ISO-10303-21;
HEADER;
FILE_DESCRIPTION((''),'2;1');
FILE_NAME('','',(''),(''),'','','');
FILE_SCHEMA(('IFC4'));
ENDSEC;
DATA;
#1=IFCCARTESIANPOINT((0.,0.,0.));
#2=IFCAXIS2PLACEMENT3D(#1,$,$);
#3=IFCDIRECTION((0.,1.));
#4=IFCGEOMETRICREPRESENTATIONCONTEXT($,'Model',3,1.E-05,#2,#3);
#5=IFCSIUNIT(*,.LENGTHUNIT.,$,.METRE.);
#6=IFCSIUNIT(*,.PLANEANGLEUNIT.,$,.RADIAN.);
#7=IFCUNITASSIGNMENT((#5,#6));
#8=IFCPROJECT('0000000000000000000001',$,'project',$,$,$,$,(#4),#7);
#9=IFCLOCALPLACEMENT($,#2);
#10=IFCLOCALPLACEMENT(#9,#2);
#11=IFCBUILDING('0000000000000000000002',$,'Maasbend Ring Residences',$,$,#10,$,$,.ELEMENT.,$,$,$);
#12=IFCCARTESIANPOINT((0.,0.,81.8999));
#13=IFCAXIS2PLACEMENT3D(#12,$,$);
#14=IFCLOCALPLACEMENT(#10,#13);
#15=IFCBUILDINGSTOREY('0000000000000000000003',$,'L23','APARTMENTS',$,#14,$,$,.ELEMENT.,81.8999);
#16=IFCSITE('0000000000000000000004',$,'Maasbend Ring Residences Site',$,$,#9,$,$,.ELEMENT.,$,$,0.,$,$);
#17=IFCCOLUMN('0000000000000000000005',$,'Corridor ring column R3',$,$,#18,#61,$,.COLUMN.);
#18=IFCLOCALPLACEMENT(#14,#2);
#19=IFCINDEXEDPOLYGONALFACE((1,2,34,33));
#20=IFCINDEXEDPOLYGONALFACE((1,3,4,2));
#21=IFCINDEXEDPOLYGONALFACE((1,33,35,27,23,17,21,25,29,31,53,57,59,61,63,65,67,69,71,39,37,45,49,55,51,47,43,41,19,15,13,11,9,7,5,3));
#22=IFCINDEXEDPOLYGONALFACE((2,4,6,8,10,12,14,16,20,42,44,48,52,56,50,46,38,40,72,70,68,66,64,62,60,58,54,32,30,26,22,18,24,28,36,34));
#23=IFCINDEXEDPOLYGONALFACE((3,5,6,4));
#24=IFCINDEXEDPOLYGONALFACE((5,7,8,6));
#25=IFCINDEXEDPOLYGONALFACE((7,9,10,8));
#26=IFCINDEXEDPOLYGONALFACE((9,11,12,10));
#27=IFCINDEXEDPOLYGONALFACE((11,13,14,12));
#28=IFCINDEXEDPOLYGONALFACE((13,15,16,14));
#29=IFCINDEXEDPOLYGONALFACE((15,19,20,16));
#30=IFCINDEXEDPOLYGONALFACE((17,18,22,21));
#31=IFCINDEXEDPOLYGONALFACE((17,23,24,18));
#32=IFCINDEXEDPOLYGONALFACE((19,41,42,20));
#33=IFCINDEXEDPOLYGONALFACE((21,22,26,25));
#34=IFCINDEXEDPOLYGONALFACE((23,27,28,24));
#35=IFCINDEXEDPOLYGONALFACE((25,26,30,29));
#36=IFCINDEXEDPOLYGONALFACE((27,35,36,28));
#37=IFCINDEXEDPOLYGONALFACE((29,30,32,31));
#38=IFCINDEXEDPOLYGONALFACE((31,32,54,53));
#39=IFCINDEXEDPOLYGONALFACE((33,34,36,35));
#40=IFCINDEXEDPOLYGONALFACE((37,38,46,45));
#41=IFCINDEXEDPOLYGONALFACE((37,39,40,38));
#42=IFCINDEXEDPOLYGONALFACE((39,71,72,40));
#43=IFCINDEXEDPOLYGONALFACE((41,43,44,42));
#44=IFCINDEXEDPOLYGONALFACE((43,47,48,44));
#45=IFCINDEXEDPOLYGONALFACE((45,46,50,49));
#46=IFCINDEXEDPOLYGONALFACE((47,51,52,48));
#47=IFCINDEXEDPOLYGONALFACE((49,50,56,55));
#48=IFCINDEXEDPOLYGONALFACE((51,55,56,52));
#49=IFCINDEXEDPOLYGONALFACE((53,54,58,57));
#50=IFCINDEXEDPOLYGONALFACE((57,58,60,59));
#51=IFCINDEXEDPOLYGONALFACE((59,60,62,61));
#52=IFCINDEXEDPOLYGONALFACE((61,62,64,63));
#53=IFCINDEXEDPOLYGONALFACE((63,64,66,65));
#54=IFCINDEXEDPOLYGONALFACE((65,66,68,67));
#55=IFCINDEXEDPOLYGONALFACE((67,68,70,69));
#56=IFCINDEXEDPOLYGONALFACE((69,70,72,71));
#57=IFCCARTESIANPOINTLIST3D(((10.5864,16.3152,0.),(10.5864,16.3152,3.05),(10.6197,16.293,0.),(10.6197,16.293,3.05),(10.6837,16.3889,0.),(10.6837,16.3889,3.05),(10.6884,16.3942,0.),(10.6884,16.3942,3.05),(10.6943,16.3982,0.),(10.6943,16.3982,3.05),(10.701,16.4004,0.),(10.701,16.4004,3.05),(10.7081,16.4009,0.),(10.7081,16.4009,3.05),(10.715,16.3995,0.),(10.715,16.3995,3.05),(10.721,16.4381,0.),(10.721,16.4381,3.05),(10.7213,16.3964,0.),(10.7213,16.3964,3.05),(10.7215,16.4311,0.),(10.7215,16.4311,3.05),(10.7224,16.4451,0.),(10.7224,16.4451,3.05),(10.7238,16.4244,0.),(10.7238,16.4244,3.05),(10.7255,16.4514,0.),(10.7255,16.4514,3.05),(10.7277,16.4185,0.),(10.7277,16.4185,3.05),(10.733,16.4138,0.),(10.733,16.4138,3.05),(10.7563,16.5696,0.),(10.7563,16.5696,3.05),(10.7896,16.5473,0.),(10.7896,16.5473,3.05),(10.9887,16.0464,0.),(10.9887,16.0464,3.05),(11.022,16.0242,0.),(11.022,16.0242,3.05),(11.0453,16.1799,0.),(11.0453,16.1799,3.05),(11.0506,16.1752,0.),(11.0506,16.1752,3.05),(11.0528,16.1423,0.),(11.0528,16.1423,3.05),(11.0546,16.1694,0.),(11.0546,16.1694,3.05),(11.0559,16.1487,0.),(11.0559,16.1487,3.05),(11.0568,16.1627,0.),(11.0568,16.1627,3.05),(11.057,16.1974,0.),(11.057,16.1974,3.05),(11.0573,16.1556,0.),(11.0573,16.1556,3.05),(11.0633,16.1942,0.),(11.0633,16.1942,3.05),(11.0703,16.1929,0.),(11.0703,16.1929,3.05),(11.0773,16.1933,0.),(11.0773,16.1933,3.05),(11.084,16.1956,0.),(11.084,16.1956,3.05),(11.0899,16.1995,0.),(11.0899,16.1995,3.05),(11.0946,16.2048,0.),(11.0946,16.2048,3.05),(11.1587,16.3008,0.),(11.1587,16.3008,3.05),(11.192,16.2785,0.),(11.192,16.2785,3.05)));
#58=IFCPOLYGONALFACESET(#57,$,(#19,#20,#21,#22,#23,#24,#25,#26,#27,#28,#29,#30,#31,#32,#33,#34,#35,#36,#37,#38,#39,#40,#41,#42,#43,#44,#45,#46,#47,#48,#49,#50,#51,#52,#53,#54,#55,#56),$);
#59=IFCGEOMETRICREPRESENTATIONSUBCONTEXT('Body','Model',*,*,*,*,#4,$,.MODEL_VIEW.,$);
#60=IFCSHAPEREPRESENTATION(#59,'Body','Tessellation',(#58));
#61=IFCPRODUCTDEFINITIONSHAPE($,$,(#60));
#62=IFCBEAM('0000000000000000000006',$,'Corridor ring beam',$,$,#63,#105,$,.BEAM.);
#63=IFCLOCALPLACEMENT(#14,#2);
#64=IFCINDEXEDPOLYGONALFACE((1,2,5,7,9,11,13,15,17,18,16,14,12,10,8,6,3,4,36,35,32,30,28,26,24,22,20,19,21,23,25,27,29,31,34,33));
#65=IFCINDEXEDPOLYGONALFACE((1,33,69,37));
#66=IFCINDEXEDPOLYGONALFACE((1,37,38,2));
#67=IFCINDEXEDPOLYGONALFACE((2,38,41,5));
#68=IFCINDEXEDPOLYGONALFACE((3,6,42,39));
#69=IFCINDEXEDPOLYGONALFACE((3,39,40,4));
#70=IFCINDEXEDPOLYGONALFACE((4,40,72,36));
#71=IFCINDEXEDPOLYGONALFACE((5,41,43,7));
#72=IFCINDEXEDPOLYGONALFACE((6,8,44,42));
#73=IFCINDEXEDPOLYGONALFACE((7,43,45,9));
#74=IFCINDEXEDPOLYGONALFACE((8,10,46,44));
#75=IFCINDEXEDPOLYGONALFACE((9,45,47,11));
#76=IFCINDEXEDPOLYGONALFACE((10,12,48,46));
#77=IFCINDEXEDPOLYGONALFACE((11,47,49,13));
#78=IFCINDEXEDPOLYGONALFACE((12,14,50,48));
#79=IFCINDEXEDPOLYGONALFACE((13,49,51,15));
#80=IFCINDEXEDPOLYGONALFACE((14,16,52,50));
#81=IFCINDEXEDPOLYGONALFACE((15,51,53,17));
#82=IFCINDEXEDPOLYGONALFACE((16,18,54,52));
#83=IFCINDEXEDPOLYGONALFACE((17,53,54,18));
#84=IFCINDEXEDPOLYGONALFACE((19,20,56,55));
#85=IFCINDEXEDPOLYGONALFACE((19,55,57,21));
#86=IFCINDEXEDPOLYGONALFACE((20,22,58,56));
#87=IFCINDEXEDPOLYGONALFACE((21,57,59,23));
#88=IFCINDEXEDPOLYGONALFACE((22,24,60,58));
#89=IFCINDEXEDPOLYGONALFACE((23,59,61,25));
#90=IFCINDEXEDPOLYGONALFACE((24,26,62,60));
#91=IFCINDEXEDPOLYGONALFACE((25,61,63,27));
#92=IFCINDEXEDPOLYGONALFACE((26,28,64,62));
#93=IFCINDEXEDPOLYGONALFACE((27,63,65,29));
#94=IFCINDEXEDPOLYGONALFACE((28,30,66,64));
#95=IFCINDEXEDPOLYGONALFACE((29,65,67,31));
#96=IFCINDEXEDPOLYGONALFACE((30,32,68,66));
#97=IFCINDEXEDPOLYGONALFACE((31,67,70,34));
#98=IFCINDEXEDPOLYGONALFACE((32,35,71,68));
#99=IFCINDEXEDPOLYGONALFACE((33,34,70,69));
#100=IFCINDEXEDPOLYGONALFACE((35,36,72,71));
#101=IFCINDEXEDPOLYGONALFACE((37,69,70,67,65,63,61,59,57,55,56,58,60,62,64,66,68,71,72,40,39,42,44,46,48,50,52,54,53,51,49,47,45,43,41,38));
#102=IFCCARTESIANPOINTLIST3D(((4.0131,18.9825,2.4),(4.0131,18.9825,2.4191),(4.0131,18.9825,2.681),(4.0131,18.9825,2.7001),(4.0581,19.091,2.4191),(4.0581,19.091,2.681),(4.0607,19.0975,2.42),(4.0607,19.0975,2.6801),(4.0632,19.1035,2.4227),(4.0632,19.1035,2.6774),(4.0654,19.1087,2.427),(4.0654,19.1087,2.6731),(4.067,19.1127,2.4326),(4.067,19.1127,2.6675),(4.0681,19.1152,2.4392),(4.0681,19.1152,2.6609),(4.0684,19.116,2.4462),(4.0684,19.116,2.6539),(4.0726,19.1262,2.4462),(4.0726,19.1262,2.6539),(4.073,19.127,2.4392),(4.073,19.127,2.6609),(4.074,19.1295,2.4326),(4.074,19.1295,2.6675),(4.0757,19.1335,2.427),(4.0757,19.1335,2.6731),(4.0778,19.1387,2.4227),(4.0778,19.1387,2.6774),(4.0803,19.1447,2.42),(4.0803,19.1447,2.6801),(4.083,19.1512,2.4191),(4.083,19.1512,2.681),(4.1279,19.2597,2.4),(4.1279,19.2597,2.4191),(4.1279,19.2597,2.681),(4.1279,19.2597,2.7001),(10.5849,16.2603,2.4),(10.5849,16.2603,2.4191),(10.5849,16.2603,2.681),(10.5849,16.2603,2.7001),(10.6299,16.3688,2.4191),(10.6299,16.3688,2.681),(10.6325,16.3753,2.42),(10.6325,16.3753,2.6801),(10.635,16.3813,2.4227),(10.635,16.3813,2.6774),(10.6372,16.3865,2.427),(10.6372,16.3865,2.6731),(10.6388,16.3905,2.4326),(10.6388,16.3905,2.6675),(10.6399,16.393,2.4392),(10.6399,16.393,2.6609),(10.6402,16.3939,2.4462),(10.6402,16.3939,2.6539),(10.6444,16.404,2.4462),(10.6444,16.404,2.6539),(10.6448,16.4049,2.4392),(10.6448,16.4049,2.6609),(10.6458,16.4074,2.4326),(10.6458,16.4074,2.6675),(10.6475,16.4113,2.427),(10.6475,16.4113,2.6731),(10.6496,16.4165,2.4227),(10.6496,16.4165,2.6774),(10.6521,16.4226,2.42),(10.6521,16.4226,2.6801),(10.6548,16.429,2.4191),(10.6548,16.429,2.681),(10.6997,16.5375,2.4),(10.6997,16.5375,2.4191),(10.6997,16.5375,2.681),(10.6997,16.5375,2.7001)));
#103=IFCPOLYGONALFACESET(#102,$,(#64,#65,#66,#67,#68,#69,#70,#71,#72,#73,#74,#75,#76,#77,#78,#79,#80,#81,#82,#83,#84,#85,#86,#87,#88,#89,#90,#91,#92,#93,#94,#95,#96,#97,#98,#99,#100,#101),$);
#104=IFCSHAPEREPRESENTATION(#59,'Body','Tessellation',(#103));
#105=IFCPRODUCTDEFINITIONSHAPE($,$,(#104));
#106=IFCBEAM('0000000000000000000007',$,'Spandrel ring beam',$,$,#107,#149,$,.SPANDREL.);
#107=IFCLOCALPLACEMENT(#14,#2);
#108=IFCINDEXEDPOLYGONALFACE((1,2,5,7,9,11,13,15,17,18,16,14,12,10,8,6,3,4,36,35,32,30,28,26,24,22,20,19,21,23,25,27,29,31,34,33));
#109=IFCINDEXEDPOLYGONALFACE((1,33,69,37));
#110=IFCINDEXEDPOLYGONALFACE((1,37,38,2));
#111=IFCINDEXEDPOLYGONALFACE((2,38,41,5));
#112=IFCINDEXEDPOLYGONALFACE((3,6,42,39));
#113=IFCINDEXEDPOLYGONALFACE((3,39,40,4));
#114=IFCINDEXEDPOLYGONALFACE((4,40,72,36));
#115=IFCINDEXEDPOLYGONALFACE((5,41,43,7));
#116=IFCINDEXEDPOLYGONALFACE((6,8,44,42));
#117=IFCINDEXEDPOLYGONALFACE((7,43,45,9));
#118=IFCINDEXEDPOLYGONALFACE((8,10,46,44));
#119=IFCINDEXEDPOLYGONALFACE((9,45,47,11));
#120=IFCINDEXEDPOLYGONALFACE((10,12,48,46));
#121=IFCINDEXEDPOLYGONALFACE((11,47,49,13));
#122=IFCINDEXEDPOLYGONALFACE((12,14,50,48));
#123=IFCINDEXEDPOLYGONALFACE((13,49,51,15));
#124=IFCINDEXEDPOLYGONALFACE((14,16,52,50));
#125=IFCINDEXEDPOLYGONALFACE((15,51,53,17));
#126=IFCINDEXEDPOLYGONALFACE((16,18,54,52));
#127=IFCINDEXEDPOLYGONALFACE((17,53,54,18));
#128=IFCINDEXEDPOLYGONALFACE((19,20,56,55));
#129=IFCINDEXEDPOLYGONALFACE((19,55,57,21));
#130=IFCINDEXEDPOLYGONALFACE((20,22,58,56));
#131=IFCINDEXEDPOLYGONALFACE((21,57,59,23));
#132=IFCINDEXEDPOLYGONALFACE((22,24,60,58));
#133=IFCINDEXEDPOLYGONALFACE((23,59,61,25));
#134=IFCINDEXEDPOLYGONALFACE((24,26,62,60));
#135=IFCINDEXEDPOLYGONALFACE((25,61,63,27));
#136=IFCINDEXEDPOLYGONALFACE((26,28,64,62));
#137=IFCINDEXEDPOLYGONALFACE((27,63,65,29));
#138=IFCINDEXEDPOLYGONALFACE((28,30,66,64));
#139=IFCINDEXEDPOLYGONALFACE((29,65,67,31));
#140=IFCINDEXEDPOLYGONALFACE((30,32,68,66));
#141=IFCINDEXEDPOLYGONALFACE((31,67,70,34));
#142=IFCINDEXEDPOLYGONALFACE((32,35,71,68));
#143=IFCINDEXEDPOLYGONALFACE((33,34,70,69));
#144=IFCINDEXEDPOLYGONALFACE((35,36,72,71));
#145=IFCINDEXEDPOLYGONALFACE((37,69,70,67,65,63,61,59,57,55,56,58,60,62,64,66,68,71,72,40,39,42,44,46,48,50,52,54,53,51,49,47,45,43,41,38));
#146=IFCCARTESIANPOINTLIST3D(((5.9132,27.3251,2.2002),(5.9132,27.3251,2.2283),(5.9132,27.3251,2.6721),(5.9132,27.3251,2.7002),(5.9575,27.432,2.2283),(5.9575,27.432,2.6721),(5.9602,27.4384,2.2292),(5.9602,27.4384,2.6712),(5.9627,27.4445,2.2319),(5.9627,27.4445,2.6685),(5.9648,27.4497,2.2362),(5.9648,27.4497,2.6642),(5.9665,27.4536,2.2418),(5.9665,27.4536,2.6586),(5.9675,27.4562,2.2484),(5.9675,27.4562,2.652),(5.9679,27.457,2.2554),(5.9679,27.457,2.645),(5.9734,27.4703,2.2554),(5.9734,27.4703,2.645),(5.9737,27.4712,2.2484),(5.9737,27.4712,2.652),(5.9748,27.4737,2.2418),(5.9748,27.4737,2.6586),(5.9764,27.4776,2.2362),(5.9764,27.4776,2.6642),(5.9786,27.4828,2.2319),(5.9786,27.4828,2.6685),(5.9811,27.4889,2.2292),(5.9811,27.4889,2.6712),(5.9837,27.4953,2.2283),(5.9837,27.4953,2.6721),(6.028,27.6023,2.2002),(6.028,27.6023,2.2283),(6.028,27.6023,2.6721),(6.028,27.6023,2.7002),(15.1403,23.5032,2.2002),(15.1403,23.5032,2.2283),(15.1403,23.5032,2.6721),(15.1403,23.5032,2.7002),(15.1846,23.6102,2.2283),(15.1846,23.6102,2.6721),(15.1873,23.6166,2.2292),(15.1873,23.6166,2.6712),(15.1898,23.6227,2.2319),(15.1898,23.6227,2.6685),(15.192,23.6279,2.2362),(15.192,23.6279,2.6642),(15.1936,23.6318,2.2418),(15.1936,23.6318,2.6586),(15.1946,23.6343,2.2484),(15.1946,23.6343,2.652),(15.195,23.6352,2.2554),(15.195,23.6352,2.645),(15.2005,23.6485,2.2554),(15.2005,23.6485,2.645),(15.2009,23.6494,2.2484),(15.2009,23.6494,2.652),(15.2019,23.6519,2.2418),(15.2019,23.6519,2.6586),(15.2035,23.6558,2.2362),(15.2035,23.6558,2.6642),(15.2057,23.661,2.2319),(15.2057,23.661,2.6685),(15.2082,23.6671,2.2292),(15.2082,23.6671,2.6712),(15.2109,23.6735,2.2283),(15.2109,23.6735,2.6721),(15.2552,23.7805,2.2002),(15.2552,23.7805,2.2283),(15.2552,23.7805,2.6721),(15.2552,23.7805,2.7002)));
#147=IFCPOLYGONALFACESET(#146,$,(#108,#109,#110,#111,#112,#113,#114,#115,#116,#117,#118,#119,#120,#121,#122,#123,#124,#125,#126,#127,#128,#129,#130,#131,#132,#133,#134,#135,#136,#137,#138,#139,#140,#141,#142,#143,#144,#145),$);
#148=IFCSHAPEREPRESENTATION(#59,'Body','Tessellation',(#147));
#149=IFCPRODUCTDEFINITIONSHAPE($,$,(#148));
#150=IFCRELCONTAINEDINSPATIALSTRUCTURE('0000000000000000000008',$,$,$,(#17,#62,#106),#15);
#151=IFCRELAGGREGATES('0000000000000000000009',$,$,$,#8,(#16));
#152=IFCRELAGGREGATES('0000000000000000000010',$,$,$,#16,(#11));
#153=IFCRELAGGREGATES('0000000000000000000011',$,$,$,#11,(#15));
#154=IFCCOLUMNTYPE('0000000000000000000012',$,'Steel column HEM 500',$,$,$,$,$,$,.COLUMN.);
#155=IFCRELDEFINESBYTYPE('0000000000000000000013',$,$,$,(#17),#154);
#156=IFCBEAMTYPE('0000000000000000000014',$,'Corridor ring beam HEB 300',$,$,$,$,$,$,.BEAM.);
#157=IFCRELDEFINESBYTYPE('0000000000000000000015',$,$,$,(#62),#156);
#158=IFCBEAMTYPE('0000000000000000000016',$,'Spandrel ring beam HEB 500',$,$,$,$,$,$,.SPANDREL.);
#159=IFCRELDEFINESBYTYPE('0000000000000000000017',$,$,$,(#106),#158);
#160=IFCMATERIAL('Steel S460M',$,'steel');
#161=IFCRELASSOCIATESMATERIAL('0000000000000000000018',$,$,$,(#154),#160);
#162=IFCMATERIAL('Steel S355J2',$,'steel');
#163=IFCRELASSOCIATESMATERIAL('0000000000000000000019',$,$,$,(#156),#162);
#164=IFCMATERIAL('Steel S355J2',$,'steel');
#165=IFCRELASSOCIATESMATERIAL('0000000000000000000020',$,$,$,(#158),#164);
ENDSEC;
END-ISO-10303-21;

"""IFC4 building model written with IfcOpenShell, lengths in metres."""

from ifc_helpers import new_model, si_unit, direction, frame, origin, origin_2d, place, context, subcontext, project, spatial, i_section, extrude, material, material_profile, profile_set, type_object, element, save


model = new_model("IFC4")

# Units and contexts
model_context = context("Model", 3, precision=1e-05, world=origin(), true_north=direction((0.0, 1.0)))
body_context = subcontext(model_context, "Body", "Model", "MODEL_VIEW")
ifc_project = project(units=[si_unit("LENGTHUNIT", "METRE"), si_unit("PLANEANGLEUNIT", "RADIAN")], contexts=[model_context])

# Site, building, storey
site_placement = place(None, origin())
site = spatial("IfcSite", under=ifc_project, at=site_placement, Name="Maasbend Ring Residences Site", CompositionType="ELEMENT", RefElevation=0.0)
building_placement = place(site_placement, origin())
building = spatial("IfcBuilding", under=site, at=building_placement, Name="Maasbend Ring Residences", CompositionType="ELEMENT")
storey_placement = place(building_placement, frame((0.0, 0.0, 81.8999)))
storey = spatial("IfcBuildingStorey", under=building, at=storey_placement, Name="L23", Description="APARTMENTS", CompositionType="ELEMENT", Elevation=81.8999)

# Column
ifc_material_1 = material(Name="Steel S460M", Category="steel")
ifc_material_profile_1 = material_profile(ifc_material_1, i_section(OverallWidth=0.3059, OverallDepth=0.5239, WebThickness=0.021, FlangeThickness=0.04, FilletRadius=0.0271, at=origin_2d()), Name="HEM 500")
ifc_profile_set_1 = profile_set([ifc_material_profile_1], Name="Steel S460M")
column_type = type_object("IfcColumnType", Name="Steel column HEM 500", PredefinedType="COLUMN", material=ifc_profile_set_1)
column_placement = place(storey_placement, frame((10.8892, 16.2969, 0.0), z_axis=(0.0, 0.0, 1.0), x_axis=(0.55557, 0.83147, 0.0)))
element("IfcColumn", 1, at=column_placement, inside=storey, type_object=column_type, Name="Corridor ring column R3", PredefinedType="COLUMN", context=body_context, shape_type="SweptSolid", body=[
    extrude(i_section(OverallWidth=0.3059, OverallDepth=0.5239, WebThickness=0.021, FlangeThickness=0.04, FilletRadius=0.0271, at=origin_2d()), origin(), (0.0, 0.0, 1.0), 3.05),
])

# Beams
ifc_material_2 = material(Name="Steel S355J2", Category="steel")
ifc_material_profile_2 = material_profile(ifc_material_2, i_section(OverallWidth=0.3, OverallDepth=0.3, WebThickness=0.011, FlangeThickness=0.019, FilletRadius=0.0271, at=origin_2d()), Name="HEB 300")
ifc_profile_set_2 = profile_set([ifc_material_profile_2], Name="Steel S355J2")
beam_type_1 = type_object("IfcBeamType", Name="Corridor ring beam HEB 300", PredefinedType="BEAM", material=ifc_profile_set_2)
beam_1_placement = place(storey_placement, frame((10.6423, 16.3989, 2.55), z_axis=(-0.923877, 0.382689, 0.0), x_axis=(-0.382689, -0.923877, 0.0)))
element("IfcBeam", 2, at=beam_1_placement, inside=storey, type_object=beam_type_1, Name="Corridor ring beam", PredefinedType="BEAM", context=body_context, shape_type="SweptSolid", body=[
    extrude(i_section(OverallWidth=0.3, OverallDepth=0.3, WebThickness=0.011, FlangeThickness=0.019, FilletRadius=0.0271, at=origin_2d()), origin(), (0.0, 0.0, 1.0), 7.1133),
])
ifc_material_3 = material(Name="Steel S355J2", Category="steel")
ifc_material_profile_3 = material_profile(ifc_material_3, i_section(OverallWidth=0.3, OverallDepth=0.5, WebThickness=0.0144, FlangeThickness=0.0281, FilletRadius=0.0271, at=origin_2d()), Name="HEB 500")
ifc_profile_set_3 = profile_set([ifc_material_profile_3], Name="Steel S355J2")
beam_type_2 = type_object("IfcBeamType", Name="Spandrel ring beam HEB 500", PredefinedType="SPANDREL", material=ifc_profile_set_3)
beam_2_placement = place(storey_placement, frame((15.1978, 23.6418, 2.4502), z_axis=(-0.923886, 0.382667, 0.0), x_axis=(-0.382667, -0.923886, 0.0)))
element("IfcBeam", 3, at=beam_2_placement, inside=storey, type_object=beam_type_2, Name="Spandrel ring beam", PredefinedType="SPANDREL", context=body_context, shape_type="SweptSolid", body=[
    extrude(i_section(OverallWidth=0.3, OverallDepth=0.5, WebThickness=0.0144, FlangeThickness=0.0281, FilletRadius=0.0271, at=origin_2d()), origin(), (0.0, 0.0, 1.0), 9.9873),
])

save(model, "model.ifc")
